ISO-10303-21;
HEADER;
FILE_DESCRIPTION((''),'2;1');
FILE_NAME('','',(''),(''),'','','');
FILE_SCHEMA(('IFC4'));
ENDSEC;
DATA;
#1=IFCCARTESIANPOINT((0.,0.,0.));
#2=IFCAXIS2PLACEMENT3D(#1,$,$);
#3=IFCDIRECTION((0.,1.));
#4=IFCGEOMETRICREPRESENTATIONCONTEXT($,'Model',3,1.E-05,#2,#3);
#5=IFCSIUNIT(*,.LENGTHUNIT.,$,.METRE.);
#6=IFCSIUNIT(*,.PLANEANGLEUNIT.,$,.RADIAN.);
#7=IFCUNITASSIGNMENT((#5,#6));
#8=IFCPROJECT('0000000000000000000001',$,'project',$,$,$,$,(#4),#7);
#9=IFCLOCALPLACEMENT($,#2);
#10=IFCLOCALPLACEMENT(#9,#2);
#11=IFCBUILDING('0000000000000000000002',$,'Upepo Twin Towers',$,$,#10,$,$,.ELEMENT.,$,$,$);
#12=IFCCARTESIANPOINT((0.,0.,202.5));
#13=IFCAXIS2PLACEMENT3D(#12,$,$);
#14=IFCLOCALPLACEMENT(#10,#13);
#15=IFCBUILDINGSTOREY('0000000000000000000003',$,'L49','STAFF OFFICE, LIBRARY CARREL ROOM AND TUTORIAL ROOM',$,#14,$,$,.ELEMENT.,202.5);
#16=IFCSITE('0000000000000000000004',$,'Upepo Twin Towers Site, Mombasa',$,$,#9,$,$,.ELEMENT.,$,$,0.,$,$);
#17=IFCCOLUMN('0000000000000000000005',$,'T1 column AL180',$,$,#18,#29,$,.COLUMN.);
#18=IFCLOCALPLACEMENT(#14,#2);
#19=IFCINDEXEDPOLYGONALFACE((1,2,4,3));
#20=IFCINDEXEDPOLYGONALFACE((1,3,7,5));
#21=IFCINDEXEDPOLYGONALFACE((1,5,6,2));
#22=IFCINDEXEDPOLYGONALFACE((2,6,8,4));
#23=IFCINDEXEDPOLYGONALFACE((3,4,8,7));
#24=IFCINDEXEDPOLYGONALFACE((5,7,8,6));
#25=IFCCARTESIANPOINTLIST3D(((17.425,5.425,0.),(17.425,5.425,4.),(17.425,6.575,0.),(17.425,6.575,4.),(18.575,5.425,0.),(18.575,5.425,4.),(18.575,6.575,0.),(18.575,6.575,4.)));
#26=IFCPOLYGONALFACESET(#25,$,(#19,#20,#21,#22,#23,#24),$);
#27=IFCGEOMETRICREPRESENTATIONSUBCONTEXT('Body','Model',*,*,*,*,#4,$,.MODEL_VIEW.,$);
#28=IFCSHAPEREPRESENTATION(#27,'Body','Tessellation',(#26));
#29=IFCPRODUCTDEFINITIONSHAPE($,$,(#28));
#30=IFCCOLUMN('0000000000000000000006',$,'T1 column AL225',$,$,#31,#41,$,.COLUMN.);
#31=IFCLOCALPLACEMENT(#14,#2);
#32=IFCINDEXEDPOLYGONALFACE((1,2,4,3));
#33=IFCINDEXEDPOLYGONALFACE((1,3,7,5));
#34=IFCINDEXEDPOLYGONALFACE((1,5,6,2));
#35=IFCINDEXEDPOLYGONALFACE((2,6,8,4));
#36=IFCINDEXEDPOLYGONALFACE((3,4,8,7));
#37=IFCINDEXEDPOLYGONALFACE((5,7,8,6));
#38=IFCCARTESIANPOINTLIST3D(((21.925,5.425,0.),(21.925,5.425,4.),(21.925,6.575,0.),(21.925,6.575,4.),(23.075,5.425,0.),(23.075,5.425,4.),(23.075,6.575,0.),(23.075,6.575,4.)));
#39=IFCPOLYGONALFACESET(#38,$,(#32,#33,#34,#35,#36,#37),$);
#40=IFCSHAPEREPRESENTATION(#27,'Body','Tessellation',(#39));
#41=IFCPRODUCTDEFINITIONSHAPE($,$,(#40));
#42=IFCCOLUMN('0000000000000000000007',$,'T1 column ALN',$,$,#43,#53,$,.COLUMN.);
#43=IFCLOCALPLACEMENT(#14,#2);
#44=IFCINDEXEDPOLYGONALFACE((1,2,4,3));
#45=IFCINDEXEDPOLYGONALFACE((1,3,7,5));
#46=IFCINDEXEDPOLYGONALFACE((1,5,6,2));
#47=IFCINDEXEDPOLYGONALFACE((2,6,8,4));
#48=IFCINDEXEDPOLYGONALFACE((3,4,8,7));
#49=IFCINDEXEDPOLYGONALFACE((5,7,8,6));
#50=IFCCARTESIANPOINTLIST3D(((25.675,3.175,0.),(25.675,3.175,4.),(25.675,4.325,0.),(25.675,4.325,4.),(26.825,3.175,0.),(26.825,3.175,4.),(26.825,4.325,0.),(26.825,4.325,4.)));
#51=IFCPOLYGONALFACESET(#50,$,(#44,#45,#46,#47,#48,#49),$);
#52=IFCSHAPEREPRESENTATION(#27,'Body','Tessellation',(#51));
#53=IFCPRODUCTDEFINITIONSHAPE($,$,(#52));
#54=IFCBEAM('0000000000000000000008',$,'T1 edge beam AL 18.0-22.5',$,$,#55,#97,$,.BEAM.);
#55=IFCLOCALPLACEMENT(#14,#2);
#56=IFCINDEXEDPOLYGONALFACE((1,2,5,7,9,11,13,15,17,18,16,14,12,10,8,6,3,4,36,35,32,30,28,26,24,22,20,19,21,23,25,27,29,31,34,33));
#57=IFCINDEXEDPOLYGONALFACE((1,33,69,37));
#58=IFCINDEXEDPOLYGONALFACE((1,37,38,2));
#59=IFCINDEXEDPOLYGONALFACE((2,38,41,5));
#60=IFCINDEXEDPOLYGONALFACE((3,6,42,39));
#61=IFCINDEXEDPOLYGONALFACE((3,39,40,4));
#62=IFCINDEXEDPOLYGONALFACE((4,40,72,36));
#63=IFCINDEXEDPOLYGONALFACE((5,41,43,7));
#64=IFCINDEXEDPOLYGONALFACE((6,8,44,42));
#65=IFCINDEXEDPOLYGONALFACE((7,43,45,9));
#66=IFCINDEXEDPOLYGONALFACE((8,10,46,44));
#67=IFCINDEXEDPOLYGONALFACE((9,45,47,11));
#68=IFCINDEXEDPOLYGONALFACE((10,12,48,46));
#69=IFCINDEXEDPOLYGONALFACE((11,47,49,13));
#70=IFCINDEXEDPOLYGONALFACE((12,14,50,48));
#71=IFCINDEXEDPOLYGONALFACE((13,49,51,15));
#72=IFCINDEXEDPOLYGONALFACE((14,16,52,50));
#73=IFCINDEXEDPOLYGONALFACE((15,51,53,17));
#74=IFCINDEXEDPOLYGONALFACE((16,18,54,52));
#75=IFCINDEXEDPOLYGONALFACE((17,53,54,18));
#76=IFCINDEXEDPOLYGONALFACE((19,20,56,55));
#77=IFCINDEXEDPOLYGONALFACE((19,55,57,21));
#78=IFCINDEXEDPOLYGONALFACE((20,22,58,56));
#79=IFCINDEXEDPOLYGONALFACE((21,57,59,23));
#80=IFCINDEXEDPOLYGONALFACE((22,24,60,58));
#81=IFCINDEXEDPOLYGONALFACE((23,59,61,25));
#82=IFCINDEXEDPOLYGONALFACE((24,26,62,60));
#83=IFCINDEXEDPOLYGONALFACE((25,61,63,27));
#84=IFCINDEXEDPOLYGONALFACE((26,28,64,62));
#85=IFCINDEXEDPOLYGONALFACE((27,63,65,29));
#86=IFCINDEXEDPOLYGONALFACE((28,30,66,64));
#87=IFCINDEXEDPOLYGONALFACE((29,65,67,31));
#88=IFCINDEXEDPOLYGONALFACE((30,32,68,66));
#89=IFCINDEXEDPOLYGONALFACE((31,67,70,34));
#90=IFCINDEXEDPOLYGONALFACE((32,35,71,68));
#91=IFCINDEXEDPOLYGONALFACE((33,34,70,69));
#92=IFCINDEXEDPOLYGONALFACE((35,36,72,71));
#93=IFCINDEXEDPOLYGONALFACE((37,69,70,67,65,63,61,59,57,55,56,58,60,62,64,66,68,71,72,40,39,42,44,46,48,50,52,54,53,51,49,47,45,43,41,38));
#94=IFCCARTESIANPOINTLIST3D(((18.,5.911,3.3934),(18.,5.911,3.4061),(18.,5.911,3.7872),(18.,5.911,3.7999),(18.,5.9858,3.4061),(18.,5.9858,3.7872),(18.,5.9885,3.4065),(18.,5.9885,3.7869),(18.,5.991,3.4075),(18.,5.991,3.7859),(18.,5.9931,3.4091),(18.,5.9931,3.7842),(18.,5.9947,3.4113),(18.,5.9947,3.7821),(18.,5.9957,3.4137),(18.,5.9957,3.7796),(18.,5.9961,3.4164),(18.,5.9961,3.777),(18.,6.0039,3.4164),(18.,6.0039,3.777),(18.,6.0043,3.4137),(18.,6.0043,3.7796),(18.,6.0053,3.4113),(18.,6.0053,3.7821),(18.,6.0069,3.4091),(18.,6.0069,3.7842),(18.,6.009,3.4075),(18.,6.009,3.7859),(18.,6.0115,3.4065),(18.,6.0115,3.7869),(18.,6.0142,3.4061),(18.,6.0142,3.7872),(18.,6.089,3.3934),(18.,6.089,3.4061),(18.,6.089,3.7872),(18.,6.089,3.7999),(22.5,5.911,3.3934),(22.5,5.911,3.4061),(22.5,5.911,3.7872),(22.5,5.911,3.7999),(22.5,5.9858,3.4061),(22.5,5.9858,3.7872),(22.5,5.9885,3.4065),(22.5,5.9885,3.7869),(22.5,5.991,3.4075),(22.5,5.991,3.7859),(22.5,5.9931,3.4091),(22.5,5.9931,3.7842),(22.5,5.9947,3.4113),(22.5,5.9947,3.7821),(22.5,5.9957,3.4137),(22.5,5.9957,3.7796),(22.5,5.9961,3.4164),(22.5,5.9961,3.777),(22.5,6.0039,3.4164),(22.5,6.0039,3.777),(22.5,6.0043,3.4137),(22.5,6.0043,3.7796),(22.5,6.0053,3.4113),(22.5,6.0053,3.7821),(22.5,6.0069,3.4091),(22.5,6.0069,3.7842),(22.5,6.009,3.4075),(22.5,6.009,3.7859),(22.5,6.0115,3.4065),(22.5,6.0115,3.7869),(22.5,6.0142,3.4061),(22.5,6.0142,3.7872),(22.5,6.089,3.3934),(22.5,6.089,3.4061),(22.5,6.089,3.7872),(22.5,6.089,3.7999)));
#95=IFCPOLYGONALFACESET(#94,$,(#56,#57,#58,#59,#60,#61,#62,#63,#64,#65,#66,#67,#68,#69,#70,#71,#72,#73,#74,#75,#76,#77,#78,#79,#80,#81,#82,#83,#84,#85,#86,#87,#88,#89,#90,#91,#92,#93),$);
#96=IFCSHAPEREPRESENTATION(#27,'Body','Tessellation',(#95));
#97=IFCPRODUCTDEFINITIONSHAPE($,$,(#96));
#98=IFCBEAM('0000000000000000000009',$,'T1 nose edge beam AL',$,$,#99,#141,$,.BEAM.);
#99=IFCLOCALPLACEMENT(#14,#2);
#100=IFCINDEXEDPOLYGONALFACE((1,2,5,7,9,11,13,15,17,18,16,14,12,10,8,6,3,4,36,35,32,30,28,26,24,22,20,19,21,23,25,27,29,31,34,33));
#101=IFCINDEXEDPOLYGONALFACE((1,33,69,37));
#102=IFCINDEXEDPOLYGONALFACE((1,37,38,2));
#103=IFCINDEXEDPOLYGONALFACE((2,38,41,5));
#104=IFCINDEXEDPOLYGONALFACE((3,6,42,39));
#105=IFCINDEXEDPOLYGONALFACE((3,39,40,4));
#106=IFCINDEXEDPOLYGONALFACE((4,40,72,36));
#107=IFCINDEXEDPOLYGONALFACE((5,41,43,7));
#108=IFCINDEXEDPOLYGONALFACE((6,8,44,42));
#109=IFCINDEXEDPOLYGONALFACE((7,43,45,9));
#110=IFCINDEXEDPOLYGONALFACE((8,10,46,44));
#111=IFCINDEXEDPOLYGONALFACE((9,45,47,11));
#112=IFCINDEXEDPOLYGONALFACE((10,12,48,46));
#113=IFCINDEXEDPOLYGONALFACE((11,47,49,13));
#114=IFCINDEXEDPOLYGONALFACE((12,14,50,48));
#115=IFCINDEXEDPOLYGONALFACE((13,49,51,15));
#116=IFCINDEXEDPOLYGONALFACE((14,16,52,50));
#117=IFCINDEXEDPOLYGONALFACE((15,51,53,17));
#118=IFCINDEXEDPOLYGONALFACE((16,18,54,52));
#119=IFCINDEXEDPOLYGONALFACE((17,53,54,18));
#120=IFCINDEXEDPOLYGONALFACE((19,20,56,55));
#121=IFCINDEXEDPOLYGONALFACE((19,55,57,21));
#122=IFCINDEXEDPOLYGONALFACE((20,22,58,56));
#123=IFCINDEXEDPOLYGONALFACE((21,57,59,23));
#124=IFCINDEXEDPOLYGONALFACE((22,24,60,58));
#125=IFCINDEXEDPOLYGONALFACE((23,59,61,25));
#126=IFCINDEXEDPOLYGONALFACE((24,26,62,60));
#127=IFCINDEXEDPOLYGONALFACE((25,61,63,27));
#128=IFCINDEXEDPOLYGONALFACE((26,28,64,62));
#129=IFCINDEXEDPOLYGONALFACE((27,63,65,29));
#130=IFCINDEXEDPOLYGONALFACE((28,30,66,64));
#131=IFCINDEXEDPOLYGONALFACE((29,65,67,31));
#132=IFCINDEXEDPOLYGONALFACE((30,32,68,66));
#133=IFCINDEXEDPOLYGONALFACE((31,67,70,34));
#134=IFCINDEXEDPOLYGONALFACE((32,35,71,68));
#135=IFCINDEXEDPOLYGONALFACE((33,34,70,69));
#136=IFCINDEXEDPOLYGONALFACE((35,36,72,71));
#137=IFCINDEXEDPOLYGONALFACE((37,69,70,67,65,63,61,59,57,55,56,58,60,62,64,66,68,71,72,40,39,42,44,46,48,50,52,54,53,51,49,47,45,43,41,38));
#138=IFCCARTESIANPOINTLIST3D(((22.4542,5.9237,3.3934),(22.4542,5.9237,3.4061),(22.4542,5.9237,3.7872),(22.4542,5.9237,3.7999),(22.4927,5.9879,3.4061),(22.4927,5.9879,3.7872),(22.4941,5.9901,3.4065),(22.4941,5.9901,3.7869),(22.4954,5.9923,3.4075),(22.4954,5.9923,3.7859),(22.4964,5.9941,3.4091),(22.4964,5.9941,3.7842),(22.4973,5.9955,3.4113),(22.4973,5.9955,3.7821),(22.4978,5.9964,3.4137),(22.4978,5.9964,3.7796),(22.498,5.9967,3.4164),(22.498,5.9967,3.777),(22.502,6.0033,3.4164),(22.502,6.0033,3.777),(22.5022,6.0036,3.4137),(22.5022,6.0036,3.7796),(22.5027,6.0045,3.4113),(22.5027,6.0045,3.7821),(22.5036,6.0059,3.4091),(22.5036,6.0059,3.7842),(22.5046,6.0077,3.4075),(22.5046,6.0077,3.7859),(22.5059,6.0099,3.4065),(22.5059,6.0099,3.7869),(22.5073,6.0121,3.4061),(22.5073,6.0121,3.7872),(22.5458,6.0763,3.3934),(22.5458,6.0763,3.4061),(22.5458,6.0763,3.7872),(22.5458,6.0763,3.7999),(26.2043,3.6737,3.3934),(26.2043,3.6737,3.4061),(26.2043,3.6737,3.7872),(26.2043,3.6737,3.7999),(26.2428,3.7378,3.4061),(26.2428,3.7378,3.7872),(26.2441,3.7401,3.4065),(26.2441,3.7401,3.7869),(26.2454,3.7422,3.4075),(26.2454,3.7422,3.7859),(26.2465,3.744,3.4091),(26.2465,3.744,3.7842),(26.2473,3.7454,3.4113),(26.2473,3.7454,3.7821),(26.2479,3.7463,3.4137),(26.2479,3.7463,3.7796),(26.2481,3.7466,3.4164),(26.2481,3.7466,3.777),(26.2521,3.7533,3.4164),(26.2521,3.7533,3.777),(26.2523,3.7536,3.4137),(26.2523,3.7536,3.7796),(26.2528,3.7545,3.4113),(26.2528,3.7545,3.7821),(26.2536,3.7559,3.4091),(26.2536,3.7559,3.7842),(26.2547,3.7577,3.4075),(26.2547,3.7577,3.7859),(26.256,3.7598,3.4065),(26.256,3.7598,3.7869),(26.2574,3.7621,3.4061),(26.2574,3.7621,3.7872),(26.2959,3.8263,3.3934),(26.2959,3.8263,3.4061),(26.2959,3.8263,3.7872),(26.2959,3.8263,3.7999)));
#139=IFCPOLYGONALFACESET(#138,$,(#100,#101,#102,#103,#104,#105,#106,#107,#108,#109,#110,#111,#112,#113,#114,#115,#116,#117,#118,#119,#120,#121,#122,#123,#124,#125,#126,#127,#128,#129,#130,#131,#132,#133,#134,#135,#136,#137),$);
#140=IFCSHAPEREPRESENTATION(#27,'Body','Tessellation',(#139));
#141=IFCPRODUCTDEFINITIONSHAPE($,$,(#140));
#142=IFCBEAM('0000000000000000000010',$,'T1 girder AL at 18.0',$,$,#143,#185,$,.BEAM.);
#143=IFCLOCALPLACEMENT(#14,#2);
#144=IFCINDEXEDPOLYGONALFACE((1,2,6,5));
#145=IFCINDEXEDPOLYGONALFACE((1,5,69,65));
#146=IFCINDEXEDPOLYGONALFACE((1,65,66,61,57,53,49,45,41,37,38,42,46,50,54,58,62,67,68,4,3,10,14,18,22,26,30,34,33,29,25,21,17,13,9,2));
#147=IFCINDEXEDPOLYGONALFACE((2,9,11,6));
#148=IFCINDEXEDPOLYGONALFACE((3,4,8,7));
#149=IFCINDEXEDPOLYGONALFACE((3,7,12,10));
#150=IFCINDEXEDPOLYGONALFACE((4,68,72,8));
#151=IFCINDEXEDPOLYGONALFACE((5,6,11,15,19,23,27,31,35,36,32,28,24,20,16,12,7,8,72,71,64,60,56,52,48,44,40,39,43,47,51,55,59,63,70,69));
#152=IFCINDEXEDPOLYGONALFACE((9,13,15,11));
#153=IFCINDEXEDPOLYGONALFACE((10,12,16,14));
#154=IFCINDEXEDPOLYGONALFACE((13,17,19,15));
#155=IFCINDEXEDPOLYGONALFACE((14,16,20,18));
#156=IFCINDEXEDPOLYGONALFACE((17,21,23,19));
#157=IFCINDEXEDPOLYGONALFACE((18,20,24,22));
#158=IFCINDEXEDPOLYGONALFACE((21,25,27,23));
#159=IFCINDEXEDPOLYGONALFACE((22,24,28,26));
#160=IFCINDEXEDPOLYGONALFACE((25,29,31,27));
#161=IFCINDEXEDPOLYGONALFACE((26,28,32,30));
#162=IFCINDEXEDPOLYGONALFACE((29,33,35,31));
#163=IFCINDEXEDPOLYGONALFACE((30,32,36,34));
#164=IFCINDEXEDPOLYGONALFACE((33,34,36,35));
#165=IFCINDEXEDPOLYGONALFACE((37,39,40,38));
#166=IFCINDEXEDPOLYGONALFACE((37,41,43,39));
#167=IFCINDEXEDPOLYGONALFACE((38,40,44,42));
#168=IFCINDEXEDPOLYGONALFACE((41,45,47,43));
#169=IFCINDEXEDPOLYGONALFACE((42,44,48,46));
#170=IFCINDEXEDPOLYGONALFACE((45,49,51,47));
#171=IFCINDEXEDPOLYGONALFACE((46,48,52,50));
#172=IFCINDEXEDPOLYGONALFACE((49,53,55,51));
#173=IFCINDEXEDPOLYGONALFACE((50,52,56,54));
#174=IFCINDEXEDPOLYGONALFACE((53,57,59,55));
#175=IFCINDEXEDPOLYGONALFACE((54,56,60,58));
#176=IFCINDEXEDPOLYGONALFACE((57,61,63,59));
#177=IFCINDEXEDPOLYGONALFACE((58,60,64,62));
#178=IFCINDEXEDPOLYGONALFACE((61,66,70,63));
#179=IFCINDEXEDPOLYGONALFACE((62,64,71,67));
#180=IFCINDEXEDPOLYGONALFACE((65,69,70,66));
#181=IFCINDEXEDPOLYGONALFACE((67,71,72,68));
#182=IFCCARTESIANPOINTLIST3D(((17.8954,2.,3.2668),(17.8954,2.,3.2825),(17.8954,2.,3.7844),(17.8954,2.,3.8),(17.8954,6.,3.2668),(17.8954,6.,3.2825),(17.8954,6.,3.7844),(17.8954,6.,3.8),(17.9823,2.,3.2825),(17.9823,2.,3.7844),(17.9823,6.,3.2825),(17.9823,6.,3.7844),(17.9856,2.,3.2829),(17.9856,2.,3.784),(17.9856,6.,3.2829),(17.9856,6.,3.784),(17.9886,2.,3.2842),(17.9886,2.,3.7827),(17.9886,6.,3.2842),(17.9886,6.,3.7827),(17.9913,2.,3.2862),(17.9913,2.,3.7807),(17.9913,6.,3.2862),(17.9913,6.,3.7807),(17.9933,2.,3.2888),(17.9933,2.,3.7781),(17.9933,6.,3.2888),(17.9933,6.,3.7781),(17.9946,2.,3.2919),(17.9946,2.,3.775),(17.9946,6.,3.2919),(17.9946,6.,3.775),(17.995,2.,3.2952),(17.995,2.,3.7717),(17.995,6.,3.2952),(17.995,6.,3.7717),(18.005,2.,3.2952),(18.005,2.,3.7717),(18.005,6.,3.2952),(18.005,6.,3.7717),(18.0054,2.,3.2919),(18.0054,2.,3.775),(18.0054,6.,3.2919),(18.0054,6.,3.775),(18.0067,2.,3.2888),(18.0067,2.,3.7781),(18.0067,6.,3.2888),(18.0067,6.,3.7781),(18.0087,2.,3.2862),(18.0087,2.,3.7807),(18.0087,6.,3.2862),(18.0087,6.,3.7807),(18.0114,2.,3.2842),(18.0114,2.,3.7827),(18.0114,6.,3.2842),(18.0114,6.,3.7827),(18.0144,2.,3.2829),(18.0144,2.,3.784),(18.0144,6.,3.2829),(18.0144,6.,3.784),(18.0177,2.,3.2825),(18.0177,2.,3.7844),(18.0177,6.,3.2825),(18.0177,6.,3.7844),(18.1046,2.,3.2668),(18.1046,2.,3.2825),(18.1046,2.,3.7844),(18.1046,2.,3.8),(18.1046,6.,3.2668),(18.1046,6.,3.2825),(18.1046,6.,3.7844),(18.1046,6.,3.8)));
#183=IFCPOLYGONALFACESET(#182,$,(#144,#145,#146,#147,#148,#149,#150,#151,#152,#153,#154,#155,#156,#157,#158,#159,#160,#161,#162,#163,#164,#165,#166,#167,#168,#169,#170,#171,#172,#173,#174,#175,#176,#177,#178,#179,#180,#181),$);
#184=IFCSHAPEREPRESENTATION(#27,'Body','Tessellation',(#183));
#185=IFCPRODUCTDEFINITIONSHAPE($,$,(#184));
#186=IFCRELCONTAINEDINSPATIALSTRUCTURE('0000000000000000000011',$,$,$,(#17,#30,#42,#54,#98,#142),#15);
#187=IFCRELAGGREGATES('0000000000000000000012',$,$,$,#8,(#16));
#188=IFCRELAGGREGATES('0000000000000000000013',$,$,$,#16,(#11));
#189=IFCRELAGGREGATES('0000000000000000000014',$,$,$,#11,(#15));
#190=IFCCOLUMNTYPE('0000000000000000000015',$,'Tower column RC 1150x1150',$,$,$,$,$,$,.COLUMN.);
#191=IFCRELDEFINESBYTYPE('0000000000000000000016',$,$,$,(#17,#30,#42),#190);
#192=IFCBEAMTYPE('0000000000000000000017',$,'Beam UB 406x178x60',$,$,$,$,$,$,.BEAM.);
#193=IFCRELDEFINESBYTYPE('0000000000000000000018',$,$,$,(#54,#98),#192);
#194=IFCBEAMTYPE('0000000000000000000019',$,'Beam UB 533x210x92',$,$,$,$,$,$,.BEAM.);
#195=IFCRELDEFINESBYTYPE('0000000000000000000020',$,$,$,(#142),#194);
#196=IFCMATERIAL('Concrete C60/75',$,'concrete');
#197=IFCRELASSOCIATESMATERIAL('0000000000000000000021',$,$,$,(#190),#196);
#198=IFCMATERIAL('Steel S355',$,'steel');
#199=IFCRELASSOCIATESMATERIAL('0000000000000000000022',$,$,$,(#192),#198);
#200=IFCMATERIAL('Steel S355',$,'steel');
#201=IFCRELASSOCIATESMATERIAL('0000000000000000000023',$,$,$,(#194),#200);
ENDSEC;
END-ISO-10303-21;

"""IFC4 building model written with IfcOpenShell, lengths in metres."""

from ifc_helpers import new_model, si_unit, direction, frame, origin, origin_2d, place, context, subcontext, project, spatial, rectangle, i_section, extrude, material, material_profile, profile_set, type_object, element, save


model = new_model("IFC4")

# Units and contexts
model_context = context("Model", 3, precision=1e-05, world=origin(), true_north=direction((0.0, 1.0)))
body_context = subcontext(model_context, "Body", "Model", "MODEL_VIEW")
ifc_project = project(units=[si_unit("LENGTHUNIT", "METRE"), si_unit("PLANEANGLEUNIT", "RADIAN")], contexts=[model_context])

# Site, building, storey
site_placement = place(None, origin())
site = spatial("IfcSite", under=ifc_project, at=site_placement, Name="Upepo Twin Towers Site, Mombasa", CompositionType="ELEMENT", RefElevation=0.0)
building_placement = place(site_placement, origin())
building = spatial("IfcBuilding", under=site, at=building_placement, Name="Upepo Twin Towers", CompositionType="ELEMENT")
storey_placement = place(building_placement, frame((0.0, 0.0, 202.5)))
storey = spatial("IfcBuildingStorey", under=building, at=storey_placement, Name="L49", Description="STAFF OFFICE, LIBRARY CARREL ROOM AND TUTORIAL ROOM", CompositionType="ELEMENT", Elevation=202.5)

# Columns
ifc_material_1 = material(Name="Concrete C60/75", Category="concrete")
ifc_material_profile_1 = material_profile(ifc_material_1, rectangle(XDim=1.1499, YDim=1.1499, at=origin_2d()), Name="RC 1150x1150")
ifc_profile_set_1 = profile_set([ifc_material_profile_1], Name="Concrete C60/75")
column_type = type_object("IfcColumnType", Name="Tower column RC 1150x1150", PredefinedType="COLUMN", material=ifc_profile_set_1)
for number, where, z_axis, x_axis, name in (
    (1, (18.0, 6.0, 0.0), (0.0, 0.0, 1.0), (1.0, 0.0, 0.0), "T1 column AL180"),
    (2, (22.5, 6.0, 0.0), (0.0, 0.0, 1.0), (1.0, 0.0, 0.0), "T1 column AL225"),
    (3, (26.25, 3.75, 0.0), (0.0, 0.0, 1.0), (1.0, 0.0, 0.0), "T1 column ALN"),
):
    element("IfcColumn", number, at=place(storey_placement, frame(where, z_axis=z_axis, x_axis=x_axis)), inside=storey, type_object=column_type, Name=name, PredefinedType="COLUMN", context=body_context, shape_type="SweptSolid", body=[
        extrude(rectangle(XDim=1.1499, YDim=1.1499, at=origin_2d()), origin(), (0.0, 0.0, 1.0), 4.0),
    ])

# Beams
ifc_material_2 = material(Name="Steel S355", Category="steel")
ifc_material_profile_2 = material_profile(ifc_material_2, i_section(OverallWidth=0.178, OverallDepth=0.4065, WebThickness=0.0078, FlangeThickness=0.0127, FilletRadius=0.0103, at=origin_2d()), Name="UB 406x178x60")
ifc_profile_set_2 = profile_set([ifc_material_profile_2], Name="Steel S355")
beam_type_1 = type_object("IfcBeamType", Name="Beam UB 406x178x60", PredefinedType="BEAM", material=ifc_profile_set_2)
beam_1_placement = place(storey_placement, frame((18.0, 6.0, 3.5967), z_axis=(1.0, 0.0, 0.0), x_axis=(0.0, 1.0, 0.0)))
element("IfcBeam", 4, at=beam_1_placement, inside=storey, type_object=beam_type_1, Name="T1 edge beam AL 18.0-22.5", PredefinedType="BEAM", context=body_context, shape_type="SweptSolid", body=[
    extrude(i_section(OverallWidth=0.178, OverallDepth=0.4065, WebThickness=0.0078, FlangeThickness=0.0127, FilletRadius=0.0103, at=origin_2d()), origin(), (0.0, 0.0, 1.0), 4.5),
])
beam_2_placement = place(storey_placement, frame((22.5, 6.0, 3.5967), z_axis=(0.857493, -0.514496, 0.0), x_axis=(0.514496, 0.857493, 0.0)))
element("IfcBeam", 5, at=beam_2_placement, inside=storey, type_object=beam_type_1, Name="T1 nose edge beam AL", PredefinedType="BEAM", context=body_context, shape_type="SweptSolid", body=[
    extrude(i_section(OverallWidth=0.178, OverallDepth=0.4065, WebThickness=0.0078, FlangeThickness=0.0127, FilletRadius=0.0103, at=origin_2d()), origin(), (0.0, 0.0, 1.0), 4.3733),
])
ifc_material_3 = material(Name="Steel S355", Category="steel")
ifc_material_profile_3 = material_profile(ifc_material_3, i_section(OverallWidth=0.2092, OverallDepth=0.5332, WebThickness=0.01, FlangeThickness=0.0156, FilletRadius=0.0127, at=origin_2d()), Name="UB 533x210x92")
ifc_profile_set_3 = profile_set([ifc_material_profile_3], Name="Steel S355")
beam_type_2 = type_object("IfcBeamType", Name="Beam UB 533x210x92", PredefinedType="BEAM", material=ifc_profile_set_3)
for number, where, z_axis, x_axis, name in (
    (6, (18.0, 6.0, 3.5334), (0.0, -1.0, 0.0), (1.0, 0.0, 0.0), "T1 girder AL at 18.0"),
):
    element("IfcBeam", number, at=place(storey_placement, frame(where, z_axis=z_axis, x_axis=x_axis)), inside=storey, type_object=beam_type_2, Name=name, PredefinedType="BEAM", context=body_context, shape_type="SweptSolid", body=[
        extrude(i_section(OverallWidth=0.2092, OverallDepth=0.5332, WebThickness=0.01, FlangeThickness=0.0156, FilletRadius=0.0127, at=origin_2d()), origin(), (0.0, 0.0, 1.0), 4.0),
    ])

save(model, "model.ifc")
